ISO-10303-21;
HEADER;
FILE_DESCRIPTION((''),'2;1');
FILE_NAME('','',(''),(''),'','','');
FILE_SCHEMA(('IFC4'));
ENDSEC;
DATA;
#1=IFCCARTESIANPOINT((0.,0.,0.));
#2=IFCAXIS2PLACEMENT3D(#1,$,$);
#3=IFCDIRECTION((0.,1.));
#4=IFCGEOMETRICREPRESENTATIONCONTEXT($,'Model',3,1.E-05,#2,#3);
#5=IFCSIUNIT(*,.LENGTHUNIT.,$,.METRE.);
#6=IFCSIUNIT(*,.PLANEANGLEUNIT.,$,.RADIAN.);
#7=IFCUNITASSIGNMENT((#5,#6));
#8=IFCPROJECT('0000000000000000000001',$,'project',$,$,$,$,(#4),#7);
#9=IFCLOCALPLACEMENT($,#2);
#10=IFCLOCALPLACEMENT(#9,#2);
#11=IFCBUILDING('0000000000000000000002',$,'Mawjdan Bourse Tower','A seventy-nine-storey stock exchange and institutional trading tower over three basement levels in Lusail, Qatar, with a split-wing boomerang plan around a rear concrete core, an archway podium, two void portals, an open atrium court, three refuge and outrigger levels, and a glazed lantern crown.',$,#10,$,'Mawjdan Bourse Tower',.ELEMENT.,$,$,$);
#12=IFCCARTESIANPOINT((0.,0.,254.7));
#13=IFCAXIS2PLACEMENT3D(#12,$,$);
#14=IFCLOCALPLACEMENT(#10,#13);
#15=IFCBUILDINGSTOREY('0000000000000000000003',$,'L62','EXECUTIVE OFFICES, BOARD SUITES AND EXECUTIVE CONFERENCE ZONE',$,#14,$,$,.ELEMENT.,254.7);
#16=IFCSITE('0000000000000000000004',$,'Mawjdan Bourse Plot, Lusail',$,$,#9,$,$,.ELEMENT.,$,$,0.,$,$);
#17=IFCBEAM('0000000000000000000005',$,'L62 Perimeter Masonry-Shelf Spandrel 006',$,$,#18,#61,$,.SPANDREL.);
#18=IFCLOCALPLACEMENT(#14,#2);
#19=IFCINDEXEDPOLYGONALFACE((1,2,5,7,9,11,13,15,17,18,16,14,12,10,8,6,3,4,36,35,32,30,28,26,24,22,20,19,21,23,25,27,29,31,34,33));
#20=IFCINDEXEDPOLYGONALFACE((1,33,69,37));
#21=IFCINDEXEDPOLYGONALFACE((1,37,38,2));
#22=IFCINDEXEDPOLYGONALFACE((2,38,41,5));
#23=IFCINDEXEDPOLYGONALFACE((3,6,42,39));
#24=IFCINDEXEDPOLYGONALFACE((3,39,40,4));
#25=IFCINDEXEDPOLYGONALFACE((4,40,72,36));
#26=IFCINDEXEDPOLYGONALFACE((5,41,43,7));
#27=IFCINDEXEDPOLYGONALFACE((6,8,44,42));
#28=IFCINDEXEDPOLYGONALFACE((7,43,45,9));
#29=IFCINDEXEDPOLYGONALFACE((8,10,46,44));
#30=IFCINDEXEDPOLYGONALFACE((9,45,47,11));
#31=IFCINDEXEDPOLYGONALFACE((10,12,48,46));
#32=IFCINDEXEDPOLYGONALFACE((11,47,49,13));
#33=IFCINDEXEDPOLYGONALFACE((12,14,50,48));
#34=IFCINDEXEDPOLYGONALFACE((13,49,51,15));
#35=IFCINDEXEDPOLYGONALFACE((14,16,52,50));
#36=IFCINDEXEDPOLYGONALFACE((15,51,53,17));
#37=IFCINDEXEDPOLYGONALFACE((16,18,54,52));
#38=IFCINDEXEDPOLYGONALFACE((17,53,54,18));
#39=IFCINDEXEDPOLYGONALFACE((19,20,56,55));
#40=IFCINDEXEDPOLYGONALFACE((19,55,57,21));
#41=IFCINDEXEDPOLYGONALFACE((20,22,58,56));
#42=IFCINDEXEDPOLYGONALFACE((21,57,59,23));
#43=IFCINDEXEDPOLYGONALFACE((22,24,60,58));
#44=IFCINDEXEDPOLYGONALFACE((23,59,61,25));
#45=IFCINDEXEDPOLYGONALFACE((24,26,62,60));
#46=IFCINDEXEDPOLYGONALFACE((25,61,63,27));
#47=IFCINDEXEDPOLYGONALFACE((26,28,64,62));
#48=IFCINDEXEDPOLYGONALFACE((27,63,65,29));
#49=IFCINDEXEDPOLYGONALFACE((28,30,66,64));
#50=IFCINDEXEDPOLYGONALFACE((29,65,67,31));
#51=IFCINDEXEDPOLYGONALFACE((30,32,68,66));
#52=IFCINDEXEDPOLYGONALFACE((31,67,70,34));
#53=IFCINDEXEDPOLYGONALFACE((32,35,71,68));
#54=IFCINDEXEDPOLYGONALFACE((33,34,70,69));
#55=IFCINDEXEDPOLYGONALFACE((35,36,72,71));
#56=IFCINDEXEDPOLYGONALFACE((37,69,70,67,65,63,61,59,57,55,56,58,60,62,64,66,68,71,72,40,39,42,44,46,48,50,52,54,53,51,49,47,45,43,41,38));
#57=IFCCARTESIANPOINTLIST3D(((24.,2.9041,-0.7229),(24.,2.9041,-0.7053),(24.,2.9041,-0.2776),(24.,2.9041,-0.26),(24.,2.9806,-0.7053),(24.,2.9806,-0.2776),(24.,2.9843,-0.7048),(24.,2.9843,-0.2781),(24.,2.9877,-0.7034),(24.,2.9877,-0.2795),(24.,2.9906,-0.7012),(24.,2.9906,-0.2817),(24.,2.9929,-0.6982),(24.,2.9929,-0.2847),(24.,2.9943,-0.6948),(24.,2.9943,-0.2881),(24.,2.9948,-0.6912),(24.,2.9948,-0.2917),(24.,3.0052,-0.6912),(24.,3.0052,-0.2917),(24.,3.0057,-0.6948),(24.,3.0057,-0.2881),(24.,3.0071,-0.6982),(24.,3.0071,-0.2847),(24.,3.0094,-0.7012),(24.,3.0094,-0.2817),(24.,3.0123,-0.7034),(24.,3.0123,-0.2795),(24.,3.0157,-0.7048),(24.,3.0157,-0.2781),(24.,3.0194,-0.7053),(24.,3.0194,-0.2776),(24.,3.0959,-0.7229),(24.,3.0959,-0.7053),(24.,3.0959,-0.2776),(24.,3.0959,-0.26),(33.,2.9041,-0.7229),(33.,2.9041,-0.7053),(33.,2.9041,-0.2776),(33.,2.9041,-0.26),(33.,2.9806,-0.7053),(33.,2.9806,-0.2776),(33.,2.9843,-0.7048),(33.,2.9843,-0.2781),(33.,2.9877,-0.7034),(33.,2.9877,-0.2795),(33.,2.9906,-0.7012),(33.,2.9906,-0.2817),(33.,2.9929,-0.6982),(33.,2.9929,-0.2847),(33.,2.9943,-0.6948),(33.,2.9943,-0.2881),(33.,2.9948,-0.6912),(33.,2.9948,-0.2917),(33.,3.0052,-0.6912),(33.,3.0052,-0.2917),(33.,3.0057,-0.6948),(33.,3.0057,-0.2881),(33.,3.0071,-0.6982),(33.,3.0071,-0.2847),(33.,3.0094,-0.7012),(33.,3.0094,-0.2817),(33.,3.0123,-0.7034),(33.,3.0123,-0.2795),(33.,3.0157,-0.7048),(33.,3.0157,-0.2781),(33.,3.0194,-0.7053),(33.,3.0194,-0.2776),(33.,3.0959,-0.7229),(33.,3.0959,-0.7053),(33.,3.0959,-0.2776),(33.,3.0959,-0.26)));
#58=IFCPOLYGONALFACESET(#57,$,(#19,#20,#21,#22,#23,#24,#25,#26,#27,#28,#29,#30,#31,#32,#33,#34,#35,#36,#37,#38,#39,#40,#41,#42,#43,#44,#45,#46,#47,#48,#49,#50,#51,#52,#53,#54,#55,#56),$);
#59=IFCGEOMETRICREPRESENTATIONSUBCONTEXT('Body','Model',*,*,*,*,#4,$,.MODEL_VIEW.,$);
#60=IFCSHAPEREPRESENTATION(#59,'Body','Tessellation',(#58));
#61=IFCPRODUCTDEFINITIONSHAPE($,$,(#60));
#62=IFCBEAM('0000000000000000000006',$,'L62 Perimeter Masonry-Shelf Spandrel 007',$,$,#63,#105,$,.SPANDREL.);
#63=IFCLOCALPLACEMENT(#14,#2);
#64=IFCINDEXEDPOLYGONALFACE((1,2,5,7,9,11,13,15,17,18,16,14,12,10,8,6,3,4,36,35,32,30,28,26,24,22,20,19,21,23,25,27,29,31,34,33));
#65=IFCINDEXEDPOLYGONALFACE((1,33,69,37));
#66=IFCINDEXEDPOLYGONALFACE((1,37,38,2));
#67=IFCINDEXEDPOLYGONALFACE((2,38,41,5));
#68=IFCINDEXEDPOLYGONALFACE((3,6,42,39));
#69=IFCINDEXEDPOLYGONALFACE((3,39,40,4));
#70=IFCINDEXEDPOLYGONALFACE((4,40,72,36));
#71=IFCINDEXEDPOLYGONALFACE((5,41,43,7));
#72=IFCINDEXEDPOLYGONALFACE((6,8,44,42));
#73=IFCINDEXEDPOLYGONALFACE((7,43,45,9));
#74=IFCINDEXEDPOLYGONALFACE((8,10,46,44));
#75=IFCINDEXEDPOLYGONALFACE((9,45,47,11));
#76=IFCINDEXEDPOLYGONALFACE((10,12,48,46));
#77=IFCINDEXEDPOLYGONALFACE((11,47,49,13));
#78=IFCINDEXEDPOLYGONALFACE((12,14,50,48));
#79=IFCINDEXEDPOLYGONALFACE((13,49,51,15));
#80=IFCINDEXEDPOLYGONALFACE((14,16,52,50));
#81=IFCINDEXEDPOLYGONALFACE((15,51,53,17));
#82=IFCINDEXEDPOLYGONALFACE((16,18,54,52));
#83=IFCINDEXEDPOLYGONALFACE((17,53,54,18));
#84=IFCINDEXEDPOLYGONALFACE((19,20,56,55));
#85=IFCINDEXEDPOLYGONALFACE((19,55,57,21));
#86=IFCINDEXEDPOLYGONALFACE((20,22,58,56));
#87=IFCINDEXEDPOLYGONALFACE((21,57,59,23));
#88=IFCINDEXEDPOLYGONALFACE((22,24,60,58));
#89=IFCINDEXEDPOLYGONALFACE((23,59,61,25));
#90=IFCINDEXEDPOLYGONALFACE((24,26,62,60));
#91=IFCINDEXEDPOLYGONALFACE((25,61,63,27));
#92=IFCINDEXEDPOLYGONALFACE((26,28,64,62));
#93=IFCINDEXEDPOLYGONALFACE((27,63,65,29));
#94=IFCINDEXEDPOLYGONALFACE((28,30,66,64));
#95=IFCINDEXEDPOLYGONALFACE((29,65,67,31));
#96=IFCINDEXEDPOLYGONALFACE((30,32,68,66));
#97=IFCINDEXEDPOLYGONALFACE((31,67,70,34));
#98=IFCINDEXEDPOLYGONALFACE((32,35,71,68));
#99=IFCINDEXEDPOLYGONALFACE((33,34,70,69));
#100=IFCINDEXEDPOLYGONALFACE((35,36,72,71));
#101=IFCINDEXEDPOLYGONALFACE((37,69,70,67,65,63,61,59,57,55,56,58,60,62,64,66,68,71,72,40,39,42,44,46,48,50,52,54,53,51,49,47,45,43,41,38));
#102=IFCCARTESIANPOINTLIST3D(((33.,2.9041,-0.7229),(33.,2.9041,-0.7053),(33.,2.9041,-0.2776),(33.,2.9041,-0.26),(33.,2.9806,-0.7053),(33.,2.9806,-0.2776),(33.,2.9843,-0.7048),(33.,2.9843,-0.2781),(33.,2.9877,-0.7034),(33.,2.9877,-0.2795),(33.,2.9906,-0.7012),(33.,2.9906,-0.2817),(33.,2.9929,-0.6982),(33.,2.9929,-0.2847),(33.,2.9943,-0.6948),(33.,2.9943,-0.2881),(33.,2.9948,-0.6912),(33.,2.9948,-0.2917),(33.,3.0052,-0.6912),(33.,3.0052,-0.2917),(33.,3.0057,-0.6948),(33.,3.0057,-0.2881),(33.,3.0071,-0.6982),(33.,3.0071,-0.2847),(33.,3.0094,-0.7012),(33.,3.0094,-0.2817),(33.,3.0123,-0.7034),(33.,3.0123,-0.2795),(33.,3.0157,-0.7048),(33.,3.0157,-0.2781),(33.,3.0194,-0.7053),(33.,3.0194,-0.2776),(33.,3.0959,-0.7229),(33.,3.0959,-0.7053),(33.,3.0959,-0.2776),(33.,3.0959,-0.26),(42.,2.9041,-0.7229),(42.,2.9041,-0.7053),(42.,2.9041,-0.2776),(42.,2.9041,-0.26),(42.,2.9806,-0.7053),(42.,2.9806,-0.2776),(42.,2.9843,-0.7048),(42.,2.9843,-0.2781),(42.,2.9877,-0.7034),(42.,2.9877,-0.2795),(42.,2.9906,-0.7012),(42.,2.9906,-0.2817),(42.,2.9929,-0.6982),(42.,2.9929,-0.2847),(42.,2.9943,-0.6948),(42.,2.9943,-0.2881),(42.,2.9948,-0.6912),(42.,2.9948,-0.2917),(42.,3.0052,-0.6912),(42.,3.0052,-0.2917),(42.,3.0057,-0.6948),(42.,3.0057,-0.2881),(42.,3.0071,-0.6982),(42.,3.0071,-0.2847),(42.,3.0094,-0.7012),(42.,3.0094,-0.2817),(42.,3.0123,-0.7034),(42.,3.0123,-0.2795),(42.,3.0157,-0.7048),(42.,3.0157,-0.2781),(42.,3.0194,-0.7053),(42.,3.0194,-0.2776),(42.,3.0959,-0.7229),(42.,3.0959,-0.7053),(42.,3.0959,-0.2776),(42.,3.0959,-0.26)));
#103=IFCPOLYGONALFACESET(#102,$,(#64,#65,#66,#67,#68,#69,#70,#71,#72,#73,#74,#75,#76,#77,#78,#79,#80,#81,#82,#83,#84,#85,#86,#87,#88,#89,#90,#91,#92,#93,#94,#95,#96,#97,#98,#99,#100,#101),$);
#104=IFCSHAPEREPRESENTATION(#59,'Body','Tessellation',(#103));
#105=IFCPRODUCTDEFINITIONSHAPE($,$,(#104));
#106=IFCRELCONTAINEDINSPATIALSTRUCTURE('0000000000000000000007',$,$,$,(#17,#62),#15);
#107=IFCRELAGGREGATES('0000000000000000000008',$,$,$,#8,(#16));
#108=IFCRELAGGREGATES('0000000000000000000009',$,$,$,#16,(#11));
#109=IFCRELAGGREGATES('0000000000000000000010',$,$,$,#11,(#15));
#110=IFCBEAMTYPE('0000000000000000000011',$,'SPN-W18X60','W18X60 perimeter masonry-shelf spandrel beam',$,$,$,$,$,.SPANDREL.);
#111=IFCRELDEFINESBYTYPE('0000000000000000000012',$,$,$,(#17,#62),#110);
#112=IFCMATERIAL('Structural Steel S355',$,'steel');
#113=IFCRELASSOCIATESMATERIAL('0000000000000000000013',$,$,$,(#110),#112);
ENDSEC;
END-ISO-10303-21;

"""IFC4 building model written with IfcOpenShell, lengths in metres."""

from ifc_helpers import new_model, si_unit, direction, frame, origin, origin_2d, place, context, subcontext, project, spatial, i_section, extrude, material, material_profile, profile_set, type_object, element, save


model = new_model("IFC4")

# Units and contexts
model_context = context("Model", 3, precision=1e-05, world=origin(), true_north=direction((0.0, 1.0)))
body_context = subcontext(model_context, "Body", "Model", "MODEL_VIEW")
ifc_project = project(units=[si_unit("LENGTHUNIT", "METRE"), si_unit("PLANEANGLEUNIT", "RADIAN")], contexts=[model_context])

# Site, building, storey
site_placement = place(None, origin())
site = spatial("IfcSite", under=ifc_project, at=site_placement, Name="Mawjdan Bourse Plot, Lusail", CompositionType="ELEMENT", RefElevation=0.0)
building_placement = place(site_placement, origin())
building = spatial("IfcBuilding", under=site, at=building_placement, Name="Mawjdan Bourse Tower", Description="A seventy-nine-storey stock exchange and institutional trading tower over three basement levels in Lusail, Qatar, with a split-wing boomerang plan around a rear concrete core, an archway podium, two void portals, an open atrium court, three refuge and outrigger levels, and a glazed lantern crown.", LongName="Mawjdan Bourse Tower", CompositionType="ELEMENT")
storey_placement = place(building_placement, frame((0.0, 0.0, 254.7)))
storey = spatial("IfcBuildingStorey", under=building, at=storey_placement, Name="L62", Description="EXECUTIVE OFFICES, BOARD SUITES AND EXECUTIVE CONFERENCE ZONE", CompositionType="ELEMENT", Elevation=254.7)

# Beams
ifc_material_1 = material(Name="Structural Steel S355", Category="steel")
ifc_material_profile_1 = material_profile(ifc_material_1, i_section(OverallWidth=0.1919, OverallDepth=0.4629, WebThickness=0.0105, FlangeThickness=0.0176, FilletRadius=0.0142, at=origin_2d()), Name="W18X60")
ifc_profile_set_1 = profile_set([ifc_material_profile_1], Name="Structural Steel S355")
beam_type_1 = type_object("IfcBeamType", Name="SPN-W18X60", Description="W18X60 perimeter masonry-shelf spandrel beam", PredefinedType="SPANDREL", material=ifc_profile_set_1)
for number, where, z_axis, x_axis, name in (
    (1, (24.0, 3.0, -0.4915), (1.0, 0.0, 0.0), (0.0, 1.0, 0.0), "L62 Perimeter Masonry-Shelf Spandrel 006"),
    (2, (33.0, 3.0, -0.4915), (1.0, 0.0, 0.0), (0.0, 1.0, 0.0), "L62 Perimeter Masonry-Shelf Spandrel 007"),
):
    element("IfcBeam", number, at=place(storey_placement, frame(where, z_axis=z_axis, x_axis=x_axis)), inside=storey, type_object=beam_type_1, Name=name, PredefinedType="SPANDREL", context=body_context, shape_type="SweptSolid", body=[
        extrude(i_section(OverallWidth=0.1919, OverallDepth=0.4629, WebThickness=0.0105, FlangeThickness=0.0176, FilletRadius=0.0142, at=origin_2d()), origin(), (0.0, 0.0, 1.0), 9.0),
    ])

save(model, "model.ifc")
